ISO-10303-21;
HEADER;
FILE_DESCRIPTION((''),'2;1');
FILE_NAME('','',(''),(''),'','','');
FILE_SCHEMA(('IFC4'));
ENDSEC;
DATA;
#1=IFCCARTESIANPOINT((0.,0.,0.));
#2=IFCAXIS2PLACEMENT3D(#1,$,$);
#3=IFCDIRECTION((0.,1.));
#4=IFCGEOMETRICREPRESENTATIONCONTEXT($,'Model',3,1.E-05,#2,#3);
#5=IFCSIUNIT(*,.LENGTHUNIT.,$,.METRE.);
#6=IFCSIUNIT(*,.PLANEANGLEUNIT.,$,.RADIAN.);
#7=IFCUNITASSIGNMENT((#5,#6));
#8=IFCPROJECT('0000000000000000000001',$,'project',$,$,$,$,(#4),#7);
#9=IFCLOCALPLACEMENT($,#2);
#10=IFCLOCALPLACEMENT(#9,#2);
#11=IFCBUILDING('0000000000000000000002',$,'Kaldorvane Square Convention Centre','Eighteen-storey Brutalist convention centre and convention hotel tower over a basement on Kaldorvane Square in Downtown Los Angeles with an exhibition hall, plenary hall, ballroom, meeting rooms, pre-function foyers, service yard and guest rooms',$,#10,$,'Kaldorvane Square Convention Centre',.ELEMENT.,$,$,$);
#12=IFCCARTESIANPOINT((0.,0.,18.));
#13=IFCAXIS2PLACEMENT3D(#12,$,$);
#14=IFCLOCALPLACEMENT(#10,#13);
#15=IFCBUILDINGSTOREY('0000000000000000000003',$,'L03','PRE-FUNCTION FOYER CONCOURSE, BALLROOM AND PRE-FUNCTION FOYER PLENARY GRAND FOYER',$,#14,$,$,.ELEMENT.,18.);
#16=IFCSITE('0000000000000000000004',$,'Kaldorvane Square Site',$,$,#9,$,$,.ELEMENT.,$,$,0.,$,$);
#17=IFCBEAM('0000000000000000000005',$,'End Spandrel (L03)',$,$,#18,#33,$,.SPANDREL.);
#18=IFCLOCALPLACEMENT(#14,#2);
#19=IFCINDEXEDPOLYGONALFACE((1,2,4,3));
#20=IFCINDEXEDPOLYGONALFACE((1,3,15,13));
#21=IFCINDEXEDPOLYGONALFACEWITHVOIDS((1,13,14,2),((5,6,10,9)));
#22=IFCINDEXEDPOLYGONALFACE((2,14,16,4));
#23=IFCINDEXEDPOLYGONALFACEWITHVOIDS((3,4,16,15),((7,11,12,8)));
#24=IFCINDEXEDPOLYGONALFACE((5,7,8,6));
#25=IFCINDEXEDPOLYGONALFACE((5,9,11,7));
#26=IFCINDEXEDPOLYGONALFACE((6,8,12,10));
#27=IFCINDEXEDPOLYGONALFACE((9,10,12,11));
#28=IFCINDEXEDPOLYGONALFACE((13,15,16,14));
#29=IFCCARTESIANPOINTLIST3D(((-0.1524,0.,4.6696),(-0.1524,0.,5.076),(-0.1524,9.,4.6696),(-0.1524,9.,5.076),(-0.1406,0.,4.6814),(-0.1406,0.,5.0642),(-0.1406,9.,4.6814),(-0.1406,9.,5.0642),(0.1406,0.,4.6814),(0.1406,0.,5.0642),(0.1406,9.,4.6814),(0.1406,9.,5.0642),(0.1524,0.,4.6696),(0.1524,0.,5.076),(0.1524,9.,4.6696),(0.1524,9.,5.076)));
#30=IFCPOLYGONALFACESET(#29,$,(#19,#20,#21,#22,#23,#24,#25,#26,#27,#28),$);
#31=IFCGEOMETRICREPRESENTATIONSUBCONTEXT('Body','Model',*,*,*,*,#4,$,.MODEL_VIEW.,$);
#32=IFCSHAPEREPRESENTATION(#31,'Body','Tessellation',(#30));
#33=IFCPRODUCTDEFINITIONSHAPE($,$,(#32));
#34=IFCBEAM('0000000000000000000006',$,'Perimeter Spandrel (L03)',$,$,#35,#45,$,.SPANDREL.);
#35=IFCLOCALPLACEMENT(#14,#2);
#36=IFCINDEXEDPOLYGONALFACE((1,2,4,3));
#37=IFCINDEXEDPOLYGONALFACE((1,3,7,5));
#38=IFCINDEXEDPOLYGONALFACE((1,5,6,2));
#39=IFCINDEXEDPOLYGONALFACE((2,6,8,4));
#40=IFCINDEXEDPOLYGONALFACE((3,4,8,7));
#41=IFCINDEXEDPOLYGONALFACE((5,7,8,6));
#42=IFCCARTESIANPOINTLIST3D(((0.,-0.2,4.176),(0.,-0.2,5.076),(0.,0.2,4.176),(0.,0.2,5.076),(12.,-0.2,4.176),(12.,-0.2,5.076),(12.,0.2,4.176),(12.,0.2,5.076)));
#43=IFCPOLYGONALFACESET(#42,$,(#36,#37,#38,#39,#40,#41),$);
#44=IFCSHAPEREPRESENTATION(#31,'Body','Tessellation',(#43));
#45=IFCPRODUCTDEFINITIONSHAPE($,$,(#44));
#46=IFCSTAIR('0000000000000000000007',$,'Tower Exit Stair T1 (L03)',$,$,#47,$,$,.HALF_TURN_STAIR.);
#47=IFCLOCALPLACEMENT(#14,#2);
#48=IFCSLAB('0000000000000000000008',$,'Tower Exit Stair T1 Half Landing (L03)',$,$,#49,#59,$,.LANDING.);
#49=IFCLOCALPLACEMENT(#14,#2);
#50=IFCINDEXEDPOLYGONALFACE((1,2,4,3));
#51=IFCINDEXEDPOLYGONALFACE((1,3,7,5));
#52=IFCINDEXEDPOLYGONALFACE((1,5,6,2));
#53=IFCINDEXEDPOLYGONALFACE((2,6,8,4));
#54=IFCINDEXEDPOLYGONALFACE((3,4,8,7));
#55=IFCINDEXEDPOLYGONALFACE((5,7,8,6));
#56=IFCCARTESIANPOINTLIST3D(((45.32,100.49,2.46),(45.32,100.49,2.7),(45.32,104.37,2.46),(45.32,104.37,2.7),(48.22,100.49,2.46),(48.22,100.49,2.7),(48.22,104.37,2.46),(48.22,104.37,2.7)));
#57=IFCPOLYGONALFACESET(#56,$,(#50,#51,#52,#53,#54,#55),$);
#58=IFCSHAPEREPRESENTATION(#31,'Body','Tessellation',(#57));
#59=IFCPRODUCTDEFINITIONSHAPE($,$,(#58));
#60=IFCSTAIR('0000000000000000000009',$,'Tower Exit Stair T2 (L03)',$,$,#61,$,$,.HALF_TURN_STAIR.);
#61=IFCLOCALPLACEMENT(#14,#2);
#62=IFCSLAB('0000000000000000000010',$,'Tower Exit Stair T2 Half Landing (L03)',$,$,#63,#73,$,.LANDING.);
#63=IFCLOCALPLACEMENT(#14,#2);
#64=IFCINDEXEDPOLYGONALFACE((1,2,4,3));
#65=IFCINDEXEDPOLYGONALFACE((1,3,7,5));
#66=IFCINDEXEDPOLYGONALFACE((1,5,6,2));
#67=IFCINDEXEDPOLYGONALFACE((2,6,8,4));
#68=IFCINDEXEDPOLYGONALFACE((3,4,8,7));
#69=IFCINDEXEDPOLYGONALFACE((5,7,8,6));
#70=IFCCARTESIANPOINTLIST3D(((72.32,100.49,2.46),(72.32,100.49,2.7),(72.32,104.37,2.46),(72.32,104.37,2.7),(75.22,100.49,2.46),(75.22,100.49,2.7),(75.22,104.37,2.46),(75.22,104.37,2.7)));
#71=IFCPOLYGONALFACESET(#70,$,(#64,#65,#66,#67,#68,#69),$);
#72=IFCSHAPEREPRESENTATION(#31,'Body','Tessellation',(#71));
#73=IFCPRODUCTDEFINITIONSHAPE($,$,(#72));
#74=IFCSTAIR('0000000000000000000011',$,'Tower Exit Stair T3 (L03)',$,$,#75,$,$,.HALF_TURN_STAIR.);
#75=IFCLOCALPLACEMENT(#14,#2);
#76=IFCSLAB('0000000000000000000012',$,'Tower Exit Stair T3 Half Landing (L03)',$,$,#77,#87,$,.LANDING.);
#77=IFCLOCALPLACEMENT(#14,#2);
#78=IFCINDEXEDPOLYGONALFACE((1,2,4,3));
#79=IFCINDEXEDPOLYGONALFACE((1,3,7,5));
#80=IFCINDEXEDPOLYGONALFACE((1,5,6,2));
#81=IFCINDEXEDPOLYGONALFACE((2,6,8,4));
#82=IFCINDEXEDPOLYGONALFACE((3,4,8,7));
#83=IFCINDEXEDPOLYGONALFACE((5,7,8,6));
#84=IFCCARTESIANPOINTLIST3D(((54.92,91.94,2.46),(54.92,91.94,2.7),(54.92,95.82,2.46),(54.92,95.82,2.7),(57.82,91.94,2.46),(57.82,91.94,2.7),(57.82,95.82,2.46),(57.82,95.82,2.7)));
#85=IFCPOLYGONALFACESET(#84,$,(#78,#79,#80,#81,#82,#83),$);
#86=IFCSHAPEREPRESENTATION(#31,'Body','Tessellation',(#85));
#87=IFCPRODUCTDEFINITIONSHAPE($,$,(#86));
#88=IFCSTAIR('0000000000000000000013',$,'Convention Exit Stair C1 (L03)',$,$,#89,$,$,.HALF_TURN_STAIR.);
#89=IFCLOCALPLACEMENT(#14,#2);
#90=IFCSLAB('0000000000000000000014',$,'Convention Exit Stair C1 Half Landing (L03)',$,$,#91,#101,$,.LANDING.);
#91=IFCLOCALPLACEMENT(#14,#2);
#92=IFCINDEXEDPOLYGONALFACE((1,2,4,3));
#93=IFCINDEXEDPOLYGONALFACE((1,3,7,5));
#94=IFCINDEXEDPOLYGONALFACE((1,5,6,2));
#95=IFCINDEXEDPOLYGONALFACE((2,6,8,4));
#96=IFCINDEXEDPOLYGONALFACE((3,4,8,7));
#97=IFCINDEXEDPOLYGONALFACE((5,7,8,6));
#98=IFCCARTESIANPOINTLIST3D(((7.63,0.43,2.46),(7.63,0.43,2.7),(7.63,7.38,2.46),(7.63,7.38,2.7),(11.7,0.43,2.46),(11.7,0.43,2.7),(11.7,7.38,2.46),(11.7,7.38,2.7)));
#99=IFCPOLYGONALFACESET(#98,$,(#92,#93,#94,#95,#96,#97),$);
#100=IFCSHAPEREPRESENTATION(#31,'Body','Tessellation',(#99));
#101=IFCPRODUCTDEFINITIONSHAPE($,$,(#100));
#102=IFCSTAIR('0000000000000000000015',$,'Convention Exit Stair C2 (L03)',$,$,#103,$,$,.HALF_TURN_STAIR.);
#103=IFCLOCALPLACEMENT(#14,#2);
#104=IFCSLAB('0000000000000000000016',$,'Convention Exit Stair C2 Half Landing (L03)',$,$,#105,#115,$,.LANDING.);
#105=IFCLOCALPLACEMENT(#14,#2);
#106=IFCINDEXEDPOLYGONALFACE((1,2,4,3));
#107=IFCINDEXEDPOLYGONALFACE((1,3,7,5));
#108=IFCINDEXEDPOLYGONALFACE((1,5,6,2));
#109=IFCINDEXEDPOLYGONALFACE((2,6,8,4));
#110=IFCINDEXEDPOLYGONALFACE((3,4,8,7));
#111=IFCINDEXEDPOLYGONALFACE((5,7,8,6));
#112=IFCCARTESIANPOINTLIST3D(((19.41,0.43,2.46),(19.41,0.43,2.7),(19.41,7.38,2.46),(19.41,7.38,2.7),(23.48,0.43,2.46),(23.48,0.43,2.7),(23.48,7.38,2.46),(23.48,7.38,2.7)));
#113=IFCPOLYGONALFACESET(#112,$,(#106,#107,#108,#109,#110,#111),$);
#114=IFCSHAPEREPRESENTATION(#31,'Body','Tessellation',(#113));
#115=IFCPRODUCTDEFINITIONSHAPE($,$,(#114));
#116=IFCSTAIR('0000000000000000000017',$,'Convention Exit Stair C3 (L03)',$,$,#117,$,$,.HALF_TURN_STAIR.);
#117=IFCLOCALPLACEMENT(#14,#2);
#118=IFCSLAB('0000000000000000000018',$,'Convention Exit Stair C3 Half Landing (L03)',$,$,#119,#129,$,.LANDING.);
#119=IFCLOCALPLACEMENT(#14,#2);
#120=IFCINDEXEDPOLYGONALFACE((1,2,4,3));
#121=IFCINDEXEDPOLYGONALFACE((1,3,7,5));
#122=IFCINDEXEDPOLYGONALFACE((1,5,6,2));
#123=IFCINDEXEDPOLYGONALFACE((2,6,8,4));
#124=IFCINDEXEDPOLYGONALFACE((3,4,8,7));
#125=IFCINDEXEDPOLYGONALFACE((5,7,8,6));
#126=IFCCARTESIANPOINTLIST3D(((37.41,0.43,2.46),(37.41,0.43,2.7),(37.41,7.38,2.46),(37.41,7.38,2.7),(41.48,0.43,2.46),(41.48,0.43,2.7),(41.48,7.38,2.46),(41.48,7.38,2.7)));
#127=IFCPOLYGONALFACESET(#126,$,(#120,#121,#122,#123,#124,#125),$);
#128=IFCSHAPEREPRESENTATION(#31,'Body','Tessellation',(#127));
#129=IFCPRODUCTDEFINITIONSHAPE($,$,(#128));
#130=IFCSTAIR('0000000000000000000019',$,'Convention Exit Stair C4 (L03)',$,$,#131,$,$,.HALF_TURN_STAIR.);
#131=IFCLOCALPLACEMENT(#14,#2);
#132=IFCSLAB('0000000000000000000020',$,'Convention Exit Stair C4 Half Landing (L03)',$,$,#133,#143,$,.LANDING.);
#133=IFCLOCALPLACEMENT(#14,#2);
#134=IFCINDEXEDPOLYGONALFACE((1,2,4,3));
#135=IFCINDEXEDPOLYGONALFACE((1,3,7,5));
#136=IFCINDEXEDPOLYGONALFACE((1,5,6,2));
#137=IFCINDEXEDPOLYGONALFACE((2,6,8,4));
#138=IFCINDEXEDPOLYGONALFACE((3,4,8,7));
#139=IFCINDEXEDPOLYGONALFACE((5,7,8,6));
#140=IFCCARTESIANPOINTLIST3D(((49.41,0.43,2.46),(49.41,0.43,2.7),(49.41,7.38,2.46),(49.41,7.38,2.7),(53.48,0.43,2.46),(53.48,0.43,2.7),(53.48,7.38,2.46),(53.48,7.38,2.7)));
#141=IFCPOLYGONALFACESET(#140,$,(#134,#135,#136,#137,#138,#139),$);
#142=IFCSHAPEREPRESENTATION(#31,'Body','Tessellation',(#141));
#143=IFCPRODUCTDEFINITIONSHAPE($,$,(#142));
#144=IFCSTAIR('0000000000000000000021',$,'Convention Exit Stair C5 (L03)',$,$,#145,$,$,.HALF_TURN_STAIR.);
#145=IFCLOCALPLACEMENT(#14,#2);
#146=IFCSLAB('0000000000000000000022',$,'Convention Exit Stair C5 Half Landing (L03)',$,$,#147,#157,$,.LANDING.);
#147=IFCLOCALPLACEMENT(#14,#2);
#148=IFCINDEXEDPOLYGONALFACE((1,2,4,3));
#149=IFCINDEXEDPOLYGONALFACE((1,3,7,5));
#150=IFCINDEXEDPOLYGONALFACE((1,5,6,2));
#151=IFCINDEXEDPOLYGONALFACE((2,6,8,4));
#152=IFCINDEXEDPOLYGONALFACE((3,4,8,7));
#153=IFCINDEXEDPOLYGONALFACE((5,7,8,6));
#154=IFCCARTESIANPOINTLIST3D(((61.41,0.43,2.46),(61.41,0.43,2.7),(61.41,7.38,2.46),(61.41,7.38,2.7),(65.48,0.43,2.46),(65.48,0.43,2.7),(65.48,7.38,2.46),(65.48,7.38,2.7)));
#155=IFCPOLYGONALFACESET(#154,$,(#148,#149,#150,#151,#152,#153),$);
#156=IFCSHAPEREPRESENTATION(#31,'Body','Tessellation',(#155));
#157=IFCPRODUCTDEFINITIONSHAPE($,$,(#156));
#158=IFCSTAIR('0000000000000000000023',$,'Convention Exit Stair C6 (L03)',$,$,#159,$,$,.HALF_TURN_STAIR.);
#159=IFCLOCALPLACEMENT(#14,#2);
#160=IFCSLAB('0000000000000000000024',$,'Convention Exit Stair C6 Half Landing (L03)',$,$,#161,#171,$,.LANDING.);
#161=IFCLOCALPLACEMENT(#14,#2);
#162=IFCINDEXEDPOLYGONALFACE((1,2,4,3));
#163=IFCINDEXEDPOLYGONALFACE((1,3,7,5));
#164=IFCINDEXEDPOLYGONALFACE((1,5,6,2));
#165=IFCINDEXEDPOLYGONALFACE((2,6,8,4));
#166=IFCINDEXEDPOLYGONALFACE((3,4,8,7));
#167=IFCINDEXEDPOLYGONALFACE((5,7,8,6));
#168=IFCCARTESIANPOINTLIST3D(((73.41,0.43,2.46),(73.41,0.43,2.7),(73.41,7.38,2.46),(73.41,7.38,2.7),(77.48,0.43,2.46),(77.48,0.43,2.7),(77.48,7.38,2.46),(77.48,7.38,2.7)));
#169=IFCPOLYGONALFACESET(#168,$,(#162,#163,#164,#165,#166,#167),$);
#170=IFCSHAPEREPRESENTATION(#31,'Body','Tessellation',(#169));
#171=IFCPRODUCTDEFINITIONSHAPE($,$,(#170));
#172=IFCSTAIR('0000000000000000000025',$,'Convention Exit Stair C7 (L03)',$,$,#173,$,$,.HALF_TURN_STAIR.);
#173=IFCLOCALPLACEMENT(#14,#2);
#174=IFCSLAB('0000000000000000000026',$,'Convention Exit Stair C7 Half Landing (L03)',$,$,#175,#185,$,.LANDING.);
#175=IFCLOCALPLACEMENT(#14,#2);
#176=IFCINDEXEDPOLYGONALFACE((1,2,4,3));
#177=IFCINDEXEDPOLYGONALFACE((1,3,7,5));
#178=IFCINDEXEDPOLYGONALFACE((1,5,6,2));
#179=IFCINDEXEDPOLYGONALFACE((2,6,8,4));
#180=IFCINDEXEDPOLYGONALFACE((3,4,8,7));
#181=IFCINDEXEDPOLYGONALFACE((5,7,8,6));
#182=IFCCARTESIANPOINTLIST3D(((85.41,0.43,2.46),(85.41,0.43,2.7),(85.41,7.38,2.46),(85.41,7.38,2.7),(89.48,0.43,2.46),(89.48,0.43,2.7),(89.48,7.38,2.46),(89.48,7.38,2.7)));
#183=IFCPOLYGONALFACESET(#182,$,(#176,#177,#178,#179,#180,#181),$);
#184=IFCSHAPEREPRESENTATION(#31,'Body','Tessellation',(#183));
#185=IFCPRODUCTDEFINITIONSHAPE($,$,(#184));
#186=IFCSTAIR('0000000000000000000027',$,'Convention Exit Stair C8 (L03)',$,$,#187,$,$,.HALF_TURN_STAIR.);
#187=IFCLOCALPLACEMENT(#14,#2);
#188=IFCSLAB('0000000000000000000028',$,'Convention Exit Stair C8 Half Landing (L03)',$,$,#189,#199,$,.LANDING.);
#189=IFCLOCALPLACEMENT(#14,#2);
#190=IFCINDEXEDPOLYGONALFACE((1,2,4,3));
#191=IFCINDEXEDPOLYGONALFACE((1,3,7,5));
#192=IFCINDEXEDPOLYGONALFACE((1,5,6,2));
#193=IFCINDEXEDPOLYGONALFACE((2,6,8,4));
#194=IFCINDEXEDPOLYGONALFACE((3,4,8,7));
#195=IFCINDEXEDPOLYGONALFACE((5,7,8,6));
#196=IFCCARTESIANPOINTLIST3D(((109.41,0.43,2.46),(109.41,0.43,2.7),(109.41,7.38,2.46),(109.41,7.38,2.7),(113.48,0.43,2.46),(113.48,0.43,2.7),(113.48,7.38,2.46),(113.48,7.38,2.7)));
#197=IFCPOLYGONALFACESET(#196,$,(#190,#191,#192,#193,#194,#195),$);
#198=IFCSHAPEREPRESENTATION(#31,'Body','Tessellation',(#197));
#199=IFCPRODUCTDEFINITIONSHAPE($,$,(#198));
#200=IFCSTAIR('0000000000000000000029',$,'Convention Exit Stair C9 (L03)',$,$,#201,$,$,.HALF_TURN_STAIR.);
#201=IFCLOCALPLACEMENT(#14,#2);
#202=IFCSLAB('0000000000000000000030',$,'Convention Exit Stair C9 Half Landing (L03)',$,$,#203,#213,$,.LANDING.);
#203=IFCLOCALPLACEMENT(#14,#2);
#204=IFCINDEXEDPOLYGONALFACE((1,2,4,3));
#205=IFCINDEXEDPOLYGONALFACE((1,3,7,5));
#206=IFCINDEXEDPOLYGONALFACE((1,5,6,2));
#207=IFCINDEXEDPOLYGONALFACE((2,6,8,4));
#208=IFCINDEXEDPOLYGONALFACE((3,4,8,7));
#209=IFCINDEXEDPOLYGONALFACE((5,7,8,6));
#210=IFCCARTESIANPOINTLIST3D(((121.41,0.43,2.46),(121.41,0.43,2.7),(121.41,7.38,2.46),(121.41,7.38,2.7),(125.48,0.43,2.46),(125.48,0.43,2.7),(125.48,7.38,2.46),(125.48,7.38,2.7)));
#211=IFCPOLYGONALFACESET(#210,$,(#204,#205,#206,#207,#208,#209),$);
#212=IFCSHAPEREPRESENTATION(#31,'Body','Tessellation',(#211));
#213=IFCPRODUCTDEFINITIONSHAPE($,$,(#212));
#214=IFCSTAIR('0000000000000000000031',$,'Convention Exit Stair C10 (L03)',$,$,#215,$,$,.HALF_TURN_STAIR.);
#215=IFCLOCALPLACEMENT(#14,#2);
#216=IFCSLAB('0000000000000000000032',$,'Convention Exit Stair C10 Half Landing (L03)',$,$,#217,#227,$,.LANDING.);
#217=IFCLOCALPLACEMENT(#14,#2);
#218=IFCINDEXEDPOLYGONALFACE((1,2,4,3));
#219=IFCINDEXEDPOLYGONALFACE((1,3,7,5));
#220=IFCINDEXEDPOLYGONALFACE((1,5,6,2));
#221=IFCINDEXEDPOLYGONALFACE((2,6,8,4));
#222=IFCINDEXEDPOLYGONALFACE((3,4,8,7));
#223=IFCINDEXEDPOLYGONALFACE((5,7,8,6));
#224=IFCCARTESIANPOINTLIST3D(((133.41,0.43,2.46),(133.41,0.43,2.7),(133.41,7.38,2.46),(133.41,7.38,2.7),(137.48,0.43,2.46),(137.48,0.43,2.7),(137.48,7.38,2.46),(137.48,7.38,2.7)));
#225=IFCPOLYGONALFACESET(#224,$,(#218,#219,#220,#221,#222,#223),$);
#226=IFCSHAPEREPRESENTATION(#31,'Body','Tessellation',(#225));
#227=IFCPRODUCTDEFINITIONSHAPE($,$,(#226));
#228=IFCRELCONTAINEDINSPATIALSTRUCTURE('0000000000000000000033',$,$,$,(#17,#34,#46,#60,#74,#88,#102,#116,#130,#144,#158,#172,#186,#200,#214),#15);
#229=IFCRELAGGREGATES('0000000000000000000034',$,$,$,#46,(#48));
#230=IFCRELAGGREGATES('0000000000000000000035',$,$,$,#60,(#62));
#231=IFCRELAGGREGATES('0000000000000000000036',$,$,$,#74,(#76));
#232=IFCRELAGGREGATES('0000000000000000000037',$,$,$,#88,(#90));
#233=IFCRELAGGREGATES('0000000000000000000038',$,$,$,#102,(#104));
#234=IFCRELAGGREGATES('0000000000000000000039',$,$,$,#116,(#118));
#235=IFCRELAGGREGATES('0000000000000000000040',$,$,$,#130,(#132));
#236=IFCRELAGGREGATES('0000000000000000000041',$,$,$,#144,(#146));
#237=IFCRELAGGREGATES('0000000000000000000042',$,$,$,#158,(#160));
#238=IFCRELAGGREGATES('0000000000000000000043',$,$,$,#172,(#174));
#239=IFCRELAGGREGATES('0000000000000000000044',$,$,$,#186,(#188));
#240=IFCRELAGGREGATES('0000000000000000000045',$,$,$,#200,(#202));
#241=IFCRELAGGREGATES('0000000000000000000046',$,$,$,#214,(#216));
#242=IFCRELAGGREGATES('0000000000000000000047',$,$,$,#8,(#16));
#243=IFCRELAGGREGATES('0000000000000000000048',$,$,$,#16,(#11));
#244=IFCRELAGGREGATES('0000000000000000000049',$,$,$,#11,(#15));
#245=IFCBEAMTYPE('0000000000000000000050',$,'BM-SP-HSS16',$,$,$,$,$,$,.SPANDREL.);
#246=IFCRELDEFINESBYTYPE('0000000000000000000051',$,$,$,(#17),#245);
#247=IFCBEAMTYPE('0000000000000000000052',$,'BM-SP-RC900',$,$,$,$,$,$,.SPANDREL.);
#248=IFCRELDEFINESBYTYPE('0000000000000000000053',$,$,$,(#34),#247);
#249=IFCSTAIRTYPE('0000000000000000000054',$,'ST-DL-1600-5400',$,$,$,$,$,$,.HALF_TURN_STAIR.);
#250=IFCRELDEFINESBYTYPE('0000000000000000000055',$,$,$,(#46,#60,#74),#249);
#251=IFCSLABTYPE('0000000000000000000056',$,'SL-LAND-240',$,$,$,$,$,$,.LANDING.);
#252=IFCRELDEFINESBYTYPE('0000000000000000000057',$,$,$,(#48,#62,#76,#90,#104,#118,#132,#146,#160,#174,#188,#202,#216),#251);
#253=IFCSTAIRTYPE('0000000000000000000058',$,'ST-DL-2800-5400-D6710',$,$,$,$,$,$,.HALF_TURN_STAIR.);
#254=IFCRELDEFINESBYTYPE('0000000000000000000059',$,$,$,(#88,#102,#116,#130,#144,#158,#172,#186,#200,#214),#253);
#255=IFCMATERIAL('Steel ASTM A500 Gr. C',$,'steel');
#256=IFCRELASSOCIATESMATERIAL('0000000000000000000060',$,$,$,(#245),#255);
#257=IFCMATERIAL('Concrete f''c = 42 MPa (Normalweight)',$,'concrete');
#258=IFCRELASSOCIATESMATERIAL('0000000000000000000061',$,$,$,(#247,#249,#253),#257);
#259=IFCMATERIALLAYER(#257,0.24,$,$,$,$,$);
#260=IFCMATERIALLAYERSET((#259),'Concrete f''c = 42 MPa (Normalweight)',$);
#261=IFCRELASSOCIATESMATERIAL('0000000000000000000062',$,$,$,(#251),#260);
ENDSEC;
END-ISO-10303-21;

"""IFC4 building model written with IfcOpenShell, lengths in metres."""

from ifc_helpers import new_model, si_unit, direction, frame, origin, origin_2d, place, context, subcontext, project, spatial, polyline, rectangle, hollow_rectangle, outline, extrude, material, layer, layer_set, material_profile, profile_set, type_object, element, aggregate, save


model = new_model("IFC4")

# Units and contexts
model_context = context("Model", 3, precision=1e-05, world=origin(), true_north=direction((0.0, 1.0)))
body_context = subcontext(model_context, "Body", "Model", "MODEL_VIEW")
ifc_project = project(units=[si_unit("LENGTHUNIT", "METRE"), si_unit("PLANEANGLEUNIT", "RADIAN")], contexts=[model_context])

# Site, building, storey
site_placement = place(None, origin())
site = spatial("IfcSite", under=ifc_project, at=site_placement, Name="Kaldorvane Square Site", CompositionType="ELEMENT", RefElevation=0.0)
building_placement = place(site_placement, origin())
building = spatial("IfcBuilding", under=site, at=building_placement, Name="Kaldorvane Square Convention Centre", Description="Eighteen-storey Brutalist convention centre and convention hotel tower over a basement on Kaldorvane Square in Downtown Los Angeles with an exhibition hall, plenary hall, ballroom, meeting rooms, pre-function foyers, service yard and guest rooms", LongName="Kaldorvane Square Convention Centre", CompositionType="ELEMENT")
storey_placement = place(building_placement, frame((0.0, 0.0, 18.0)))
storey = spatial("IfcBuildingStorey", under=building, at=storey_placement, Name="L03", Description="PRE-FUNCTION FOYER CONCOURSE, BALLROOM AND PRE-FUNCTION FOYER PLENARY GRAND FOYER", CompositionType="ELEMENT", Elevation=18.0)

# Beams
ifc_material_1 = material(Name="Steel ASTM A500 Gr. C", Category="steel")
ifc_material_profile_1 = material_profile(ifc_material_1, hollow_rectangle(XDim=0.3048, YDim=0.4064, WallThickness=0.0118, at=origin_2d()), Name="HSS16X12X1/2")
ifc_profile_set_1 = profile_set([ifc_material_profile_1], Name="Steel ASTM A500 Gr. C")
beam_type_1 = type_object("IfcBeamType", Name="BM-SP-HSS16", PredefinedType="SPANDREL", material=ifc_profile_set_1)
beam_1_placement = place(storey_placement, frame((0.0, 0.0, 4.8728), z_axis=(0.0, 1.0, 0.0), x_axis=(-1.0, 0.0, 0.0)))
element("IfcBeam", 1, at=beam_1_placement, inside=storey, type_object=beam_type_1, Name="End Spandrel (L03)", PredefinedType="SPANDREL", context=body_context, shape_type="SweptSolid", body=[
    extrude(hollow_rectangle(XDim=0.3048, YDim=0.4064, WallThickness=0.0118, at=origin_2d()), origin(), (0.0, 0.0, 1.0), 9.0),
])
ifc_material_2 = material(Name="Concrete f'c = 42 MPa (Normalweight)", Category="concrete")
ifc_material_profile_2 = material_profile(ifc_material_2, rectangle(XDim=0.4, YDim=0.9, at=origin_2d()), Name="RCSP900X400")
ifc_profile_set_2 = profile_set([ifc_material_profile_2], Name="Concrete f'c = 42 MPa (Normalweight)")
beam_type_2 = type_object("IfcBeamType", Name="BM-SP-RC900", PredefinedType="SPANDREL", material=ifc_profile_set_2)
beam_2_placement = place(storey_placement, frame((0.0, 0.0, 4.626), z_axis=(1.0, 0.0, 0.0), x_axis=(0.0, 1.0, 0.0)))
element("IfcBeam", 2, at=beam_2_placement, inside=storey, type_object=beam_type_2, Name="Perimeter Spandrel (L03)", PredefinedType="SPANDREL", context=body_context, shape_type="SweptSolid", body=[
    extrude(rectangle(XDim=0.4, YDim=0.9, at=origin_2d()), origin(), (0.0, 0.0, 1.0), 12.0),
])

# Stairs, slabs
stair_type_1 = type_object("IfcStairType", Name="ST-DL-1600-5400", PredefinedType="HALF_TURN_STAIR", material=ifc_material_2)
stair_1_placement = place(storey_placement, origin())
stair_1 = element("IfcStair", 3, at=stair_1_placement, inside=storey, type_object=stair_type_1, Name="Tower Exit Stair T1 (L03)", PredefinedType="HALF_TURN_STAIR")
ifc_layer_1 = layer(ifc_material_2, 0.24)
ifc_layer_set_1 = layer_set([ifc_layer_1], Name="Concrete f'c = 42 MPa (Normalweight)")
slab_type_1 = type_object("IfcSlabType", Name="SL-LAND-240", PredefinedType="LANDING", material=ifc_layer_set_1)
slab_1_placement = place(storey_placement, frame((0.0, 0.0, 2.46)))
slab_1 = element("IfcSlab", 4, at=slab_1_placement, type_object=slab_type_1, Name="Tower Exit Stair T1 Half Landing (L03)", PredefinedType="LANDING", context=body_context, shape_type="SweptSolid", body=[
    extrude(outline(polyline([(45.32, 100.49), (48.22, 100.49), (48.22, 104.37), (45.32, 104.37), (45.32, 100.49)])), origin(), (0.0, 0.0, 1.0), 0.24),
])
aggregate(stair_1, [slab_1])
stair_2_placement = place(storey_placement, origin())
stair_2 = element("IfcStair", 5, at=stair_2_placement, inside=storey, type_object=stair_type_1, Name="Tower Exit Stair T2 (L03)", PredefinedType="HALF_TURN_STAIR")
slab_2_placement = place(storey_placement, frame((0.0, 0.0, 2.46)))
slab_2 = element("IfcSlab", 6, at=slab_2_placement, type_object=slab_type_1, Name="Tower Exit Stair T2 Half Landing (L03)", PredefinedType="LANDING", context=body_context, shape_type="SweptSolid", body=[
    extrude(outline(polyline([(72.32, 100.49), (75.22, 100.49), (75.22, 104.37), (72.32, 104.37), (72.32, 100.49)])), origin(), (0.0, 0.0, 1.0), 0.24),
])
aggregate(stair_2, [slab_2])
stair_3_placement = place(storey_placement, origin())
stair_3 = element("IfcStair", 7, at=stair_3_placement, inside=storey, type_object=stair_type_1, Name="Tower Exit Stair T3 (L03)", PredefinedType="HALF_TURN_STAIR")
slab_3_placement = place(storey_placement, frame((0.0, 0.0, 2.46)))
slab_3 = element("IfcSlab", 8, at=slab_3_placement, type_object=slab_type_1, Name="Tower Exit Stair T3 Half Landing (L03)", PredefinedType="LANDING", context=body_context, shape_type="SweptSolid", body=[
    extrude(outline(polyline([(54.92, 91.94), (57.82, 91.94), (57.82, 95.82), (54.92, 95.82), (54.92, 91.94)])), origin(), (0.0, 0.0, 1.0), 0.24),
])
aggregate(stair_3, [slab_3])
stair_type_2 = type_object("IfcStairType", Name="ST-DL-2800-5400-D6710", PredefinedType="HALF_TURN_STAIR", material=ifc_material_2)
stair_4_placement = place(storey_placement, origin())
stair_4 = element("IfcStair", 9, at=stair_4_placement, inside=storey, type_object=stair_type_2, Name="Convention Exit Stair C1 (L03)", PredefinedType="HALF_TURN_STAIR")
slab_4_placement = place(storey_placement, frame((0.0, 0.0, 2.46)))
slab_4 = element("IfcSlab", 10, at=slab_4_placement, type_object=slab_type_1, Name="Convention Exit Stair C1 Half Landing (L03)", PredefinedType="LANDING", context=body_context, shape_type="SweptSolid", body=[
    extrude(outline(polyline([(7.63, 0.43), (11.7, 0.43), (11.7, 7.38), (7.63, 7.38), (7.63, 0.43)])), origin(), (0.0, 0.0, 1.0), 0.24),
])
aggregate(stair_4, [slab_4])
stair_5_placement = place(storey_placement, origin())
stair_5 = element("IfcStair", 11, at=stair_5_placement, inside=storey, type_object=stair_type_2, Name="Convention Exit Stair C2 (L03)", PredefinedType="HALF_TURN_STAIR")
slab_5_placement = place(storey_placement, frame((0.0, 0.0, 2.46)))
slab_5 = element("IfcSlab", 12, at=slab_5_placement, type_object=slab_type_1, Name="Convention Exit Stair C2 Half Landing (L03)", PredefinedType="LANDING", context=body_context, shape_type="SweptSolid", body=[
    extrude(outline(polyline([(19.41, 0.43), (23.48, 0.43), (23.48, 7.38), (19.41, 7.38), (19.41, 0.43)])), origin(), (0.0, 0.0, 1.0), 0.24),
])
aggregate(stair_5, [slab_5])
stair_6_placement = place(storey_placement, origin())
stair_6 = element("IfcStair", 13, at=stair_6_placement, inside=storey, type_object=stair_type_2, Name="Convention Exit Stair C3 (L03)", PredefinedType="HALF_TURN_STAIR")
slab_6_placement = place(storey_placement, frame((0.0, 0.0, 2.46)))
slab_6 = element("IfcSlab", 14, at=slab_6_placement, type_object=slab_type_1, Name="Convention Exit Stair C3 Half Landing (L03)", PredefinedType="LANDING", context=body_context, shape_type="SweptSolid", body=[
    extrude(outline(polyline([(37.41, 0.43), (41.48, 0.43), (41.48, 7.38), (37.41, 7.38), (37.41, 0.43)])), origin(), (0.0, 0.0, 1.0), 0.24),
])
aggregate(stair_6, [slab_6])
stair_7_placement = place(storey_placement, origin())
stair_7 = element("IfcStair", 15, at=stair_7_placement, inside=storey, type_object=stair_type_2, Name="Convention Exit Stair C4 (L03)", PredefinedType="HALF_TURN_STAIR")
slab_7_placement = place(storey_placement, frame((0.0, 0.0, 2.46)))
slab_7 = element("IfcSlab", 16, at=slab_7_placement, type_object=slab_type_1, Name="Convention Exit Stair C4 Half Landing (L03)", PredefinedType="LANDING", context=body_context, shape_type="SweptSolid", body=[
    extrude(outline(polyline([(49.41, 0.43), (53.48, 0.43), (53.48, 7.38), (49.41, 7.38), (49.41, 0.43)])), origin(), (0.0, 0.0, 1.0), 0.24),
])
aggregate(stair_7, [slab_7])
stair_8_placement = place(storey_placement, origin())
stair_8 = element("IfcStair", 17, at=stair_8_placement, inside=storey, type_object=stair_type_2, Name="Convention Exit Stair C5 (L03)", PredefinedType="HALF_TURN_STAIR")
slab_8_placement = place(storey_placement, frame((0.0, 0.0, 2.46)))
slab_8 = element("IfcSlab", 18, at=slab_8_placement, type_object=slab_type_1, Name="Convention Exit Stair C5 Half Landing (L03)", PredefinedType="LANDING", context=body_context, shape_type="SweptSolid", body=[
    extrude(outline(polyline([(61.41, 0.43), (65.48, 0.43), (65.48, 7.38), (61.41, 7.38), (61.41, 0.43)])), origin(), (0.0, 0.0, 1.0), 0.24),
])
aggregate(stair_8, [slab_8])
stair_9_placement = place(storey_placement, origin())
stair_9 = element("IfcStair", 19, at=stair_9_placement, inside=storey, type_object=stair_type_2, Name="Convention Exit Stair C6 (L03)", PredefinedType="HALF_TURN_STAIR")
slab_9_placement = place(storey_placement, frame((0.0, 0.0, 2.46)))
slab_9 = element("IfcSlab", 20, at=slab_9_placement, type_object=slab_type_1, Name="Convention Exit Stair C6 Half Landing (L03)", PredefinedType="LANDING", context=body_context, shape_type="SweptSolid", body=[
    extrude(outline(polyline([(73.41, 0.43), (77.48, 0.43), (77.48, 7.38), (73.41, 7.38), (73.41, 0.43)])), origin(), (0.0, 0.0, 1.0), 0.24),
])
aggregate(stair_9, [slab_9])
stair_10_placement = place(storey_placement, origin())
stair_10 = element("IfcStair", 21, at=stair_10_placement, inside=storey, type_object=stair_type_2, Name="Convention Exit Stair C7 (L03)", PredefinedType="HALF_TURN_STAIR")
slab_10_placement = place(storey_placement, frame((0.0, 0.0, 2.46)))
slab_10 = element("IfcSlab", 22, at=slab_10_placement, type_object=slab_type_1, Name="Convention Exit Stair C7 Half Landing (L03)", PredefinedType="LANDING", context=body_context, shape_type="SweptSolid", body=[
    extrude(outline(polyline([(85.41, 0.43), (89.48, 0.43), (89.48, 7.38), (85.41, 7.38), (85.41, 0.43)])), origin(), (0.0, 0.0, 1.0), 0.24),
])
aggregate(stair_10, [slab_10])
stair_11_placement = place(storey_placement, origin())
stair_11 = element("IfcStair", 23, at=stair_11_placement, inside=storey, type_object=stair_type_2, Name="Convention Exit Stair C8 (L03)", PredefinedType="HALF_TURN_STAIR")
slab_11_placement = place(storey_placement, frame((0.0, 0.0, 2.46)))
slab_11 = element("IfcSlab", 24, at=slab_11_placement, type_object=slab_type_1, Name="Convention Exit Stair C8 Half Landing (L03)", PredefinedType="LANDING", context=body_context, shape_type="SweptSolid", body=[
    extrude(outline(polyline([(109.41, 0.43), (113.48, 0.43), (113.48, 7.38), (109.41, 7.38), (109.41, 0.43)])), origin(), (0.0, 0.0, 1.0), 0.24),
])
aggregate(stair_11, [slab_11])
stair_12_placement = place(storey_placement, origin())
stair_12 = element("IfcStair", 25, at=stair_12_placement, inside=storey, type_object=stair_type_2, Name="Convention Exit Stair C9 (L03)", PredefinedType="HALF_TURN_STAIR")
slab_12_placement = place(storey_placement, frame((0.0, 0.0, 2.46)))
slab_12 = element("IfcSlab", 26, at=slab_12_placement, type_object=slab_type_1, Name="Convention Exit Stair C9 Half Landing (L03)", PredefinedType="LANDING", context=body_context, shape_type="SweptSolid", body=[
    extrude(outline(polyline([(121.41, 0.43), (125.48, 0.43), (125.48, 7.38), (121.41, 7.38), (121.41, 0.43)])), origin(), (0.0, 0.0, 1.0), 0.24),
])
aggregate(stair_12, [slab_12])
stair_13_placement = place(storey_placement, origin())
stair_13 = element("IfcStair", 27, at=stair_13_placement, inside=storey, type_object=stair_type_2, Name="Convention Exit Stair C10 (L03)", PredefinedType="HALF_TURN_STAIR")
slab_13_placement = place(storey_placement, frame((0.0, 0.0, 2.46)))
slab_13 = element("IfcSlab", 28, at=slab_13_placement, type_object=slab_type_1, Name="Convention Exit Stair C10 Half Landing (L03)", PredefinedType="LANDING", context=body_context, shape_type="SweptSolid", body=[
    extrude(outline(polyline([(133.41, 0.43), (137.48, 0.43), (137.48, 7.38), (133.41, 7.38), (133.41, 0.43)])), origin(), (0.0, 0.0, 1.0), 0.24),
])
aggregate(stair_13, [slab_13])

save(model, "model.ifc")
